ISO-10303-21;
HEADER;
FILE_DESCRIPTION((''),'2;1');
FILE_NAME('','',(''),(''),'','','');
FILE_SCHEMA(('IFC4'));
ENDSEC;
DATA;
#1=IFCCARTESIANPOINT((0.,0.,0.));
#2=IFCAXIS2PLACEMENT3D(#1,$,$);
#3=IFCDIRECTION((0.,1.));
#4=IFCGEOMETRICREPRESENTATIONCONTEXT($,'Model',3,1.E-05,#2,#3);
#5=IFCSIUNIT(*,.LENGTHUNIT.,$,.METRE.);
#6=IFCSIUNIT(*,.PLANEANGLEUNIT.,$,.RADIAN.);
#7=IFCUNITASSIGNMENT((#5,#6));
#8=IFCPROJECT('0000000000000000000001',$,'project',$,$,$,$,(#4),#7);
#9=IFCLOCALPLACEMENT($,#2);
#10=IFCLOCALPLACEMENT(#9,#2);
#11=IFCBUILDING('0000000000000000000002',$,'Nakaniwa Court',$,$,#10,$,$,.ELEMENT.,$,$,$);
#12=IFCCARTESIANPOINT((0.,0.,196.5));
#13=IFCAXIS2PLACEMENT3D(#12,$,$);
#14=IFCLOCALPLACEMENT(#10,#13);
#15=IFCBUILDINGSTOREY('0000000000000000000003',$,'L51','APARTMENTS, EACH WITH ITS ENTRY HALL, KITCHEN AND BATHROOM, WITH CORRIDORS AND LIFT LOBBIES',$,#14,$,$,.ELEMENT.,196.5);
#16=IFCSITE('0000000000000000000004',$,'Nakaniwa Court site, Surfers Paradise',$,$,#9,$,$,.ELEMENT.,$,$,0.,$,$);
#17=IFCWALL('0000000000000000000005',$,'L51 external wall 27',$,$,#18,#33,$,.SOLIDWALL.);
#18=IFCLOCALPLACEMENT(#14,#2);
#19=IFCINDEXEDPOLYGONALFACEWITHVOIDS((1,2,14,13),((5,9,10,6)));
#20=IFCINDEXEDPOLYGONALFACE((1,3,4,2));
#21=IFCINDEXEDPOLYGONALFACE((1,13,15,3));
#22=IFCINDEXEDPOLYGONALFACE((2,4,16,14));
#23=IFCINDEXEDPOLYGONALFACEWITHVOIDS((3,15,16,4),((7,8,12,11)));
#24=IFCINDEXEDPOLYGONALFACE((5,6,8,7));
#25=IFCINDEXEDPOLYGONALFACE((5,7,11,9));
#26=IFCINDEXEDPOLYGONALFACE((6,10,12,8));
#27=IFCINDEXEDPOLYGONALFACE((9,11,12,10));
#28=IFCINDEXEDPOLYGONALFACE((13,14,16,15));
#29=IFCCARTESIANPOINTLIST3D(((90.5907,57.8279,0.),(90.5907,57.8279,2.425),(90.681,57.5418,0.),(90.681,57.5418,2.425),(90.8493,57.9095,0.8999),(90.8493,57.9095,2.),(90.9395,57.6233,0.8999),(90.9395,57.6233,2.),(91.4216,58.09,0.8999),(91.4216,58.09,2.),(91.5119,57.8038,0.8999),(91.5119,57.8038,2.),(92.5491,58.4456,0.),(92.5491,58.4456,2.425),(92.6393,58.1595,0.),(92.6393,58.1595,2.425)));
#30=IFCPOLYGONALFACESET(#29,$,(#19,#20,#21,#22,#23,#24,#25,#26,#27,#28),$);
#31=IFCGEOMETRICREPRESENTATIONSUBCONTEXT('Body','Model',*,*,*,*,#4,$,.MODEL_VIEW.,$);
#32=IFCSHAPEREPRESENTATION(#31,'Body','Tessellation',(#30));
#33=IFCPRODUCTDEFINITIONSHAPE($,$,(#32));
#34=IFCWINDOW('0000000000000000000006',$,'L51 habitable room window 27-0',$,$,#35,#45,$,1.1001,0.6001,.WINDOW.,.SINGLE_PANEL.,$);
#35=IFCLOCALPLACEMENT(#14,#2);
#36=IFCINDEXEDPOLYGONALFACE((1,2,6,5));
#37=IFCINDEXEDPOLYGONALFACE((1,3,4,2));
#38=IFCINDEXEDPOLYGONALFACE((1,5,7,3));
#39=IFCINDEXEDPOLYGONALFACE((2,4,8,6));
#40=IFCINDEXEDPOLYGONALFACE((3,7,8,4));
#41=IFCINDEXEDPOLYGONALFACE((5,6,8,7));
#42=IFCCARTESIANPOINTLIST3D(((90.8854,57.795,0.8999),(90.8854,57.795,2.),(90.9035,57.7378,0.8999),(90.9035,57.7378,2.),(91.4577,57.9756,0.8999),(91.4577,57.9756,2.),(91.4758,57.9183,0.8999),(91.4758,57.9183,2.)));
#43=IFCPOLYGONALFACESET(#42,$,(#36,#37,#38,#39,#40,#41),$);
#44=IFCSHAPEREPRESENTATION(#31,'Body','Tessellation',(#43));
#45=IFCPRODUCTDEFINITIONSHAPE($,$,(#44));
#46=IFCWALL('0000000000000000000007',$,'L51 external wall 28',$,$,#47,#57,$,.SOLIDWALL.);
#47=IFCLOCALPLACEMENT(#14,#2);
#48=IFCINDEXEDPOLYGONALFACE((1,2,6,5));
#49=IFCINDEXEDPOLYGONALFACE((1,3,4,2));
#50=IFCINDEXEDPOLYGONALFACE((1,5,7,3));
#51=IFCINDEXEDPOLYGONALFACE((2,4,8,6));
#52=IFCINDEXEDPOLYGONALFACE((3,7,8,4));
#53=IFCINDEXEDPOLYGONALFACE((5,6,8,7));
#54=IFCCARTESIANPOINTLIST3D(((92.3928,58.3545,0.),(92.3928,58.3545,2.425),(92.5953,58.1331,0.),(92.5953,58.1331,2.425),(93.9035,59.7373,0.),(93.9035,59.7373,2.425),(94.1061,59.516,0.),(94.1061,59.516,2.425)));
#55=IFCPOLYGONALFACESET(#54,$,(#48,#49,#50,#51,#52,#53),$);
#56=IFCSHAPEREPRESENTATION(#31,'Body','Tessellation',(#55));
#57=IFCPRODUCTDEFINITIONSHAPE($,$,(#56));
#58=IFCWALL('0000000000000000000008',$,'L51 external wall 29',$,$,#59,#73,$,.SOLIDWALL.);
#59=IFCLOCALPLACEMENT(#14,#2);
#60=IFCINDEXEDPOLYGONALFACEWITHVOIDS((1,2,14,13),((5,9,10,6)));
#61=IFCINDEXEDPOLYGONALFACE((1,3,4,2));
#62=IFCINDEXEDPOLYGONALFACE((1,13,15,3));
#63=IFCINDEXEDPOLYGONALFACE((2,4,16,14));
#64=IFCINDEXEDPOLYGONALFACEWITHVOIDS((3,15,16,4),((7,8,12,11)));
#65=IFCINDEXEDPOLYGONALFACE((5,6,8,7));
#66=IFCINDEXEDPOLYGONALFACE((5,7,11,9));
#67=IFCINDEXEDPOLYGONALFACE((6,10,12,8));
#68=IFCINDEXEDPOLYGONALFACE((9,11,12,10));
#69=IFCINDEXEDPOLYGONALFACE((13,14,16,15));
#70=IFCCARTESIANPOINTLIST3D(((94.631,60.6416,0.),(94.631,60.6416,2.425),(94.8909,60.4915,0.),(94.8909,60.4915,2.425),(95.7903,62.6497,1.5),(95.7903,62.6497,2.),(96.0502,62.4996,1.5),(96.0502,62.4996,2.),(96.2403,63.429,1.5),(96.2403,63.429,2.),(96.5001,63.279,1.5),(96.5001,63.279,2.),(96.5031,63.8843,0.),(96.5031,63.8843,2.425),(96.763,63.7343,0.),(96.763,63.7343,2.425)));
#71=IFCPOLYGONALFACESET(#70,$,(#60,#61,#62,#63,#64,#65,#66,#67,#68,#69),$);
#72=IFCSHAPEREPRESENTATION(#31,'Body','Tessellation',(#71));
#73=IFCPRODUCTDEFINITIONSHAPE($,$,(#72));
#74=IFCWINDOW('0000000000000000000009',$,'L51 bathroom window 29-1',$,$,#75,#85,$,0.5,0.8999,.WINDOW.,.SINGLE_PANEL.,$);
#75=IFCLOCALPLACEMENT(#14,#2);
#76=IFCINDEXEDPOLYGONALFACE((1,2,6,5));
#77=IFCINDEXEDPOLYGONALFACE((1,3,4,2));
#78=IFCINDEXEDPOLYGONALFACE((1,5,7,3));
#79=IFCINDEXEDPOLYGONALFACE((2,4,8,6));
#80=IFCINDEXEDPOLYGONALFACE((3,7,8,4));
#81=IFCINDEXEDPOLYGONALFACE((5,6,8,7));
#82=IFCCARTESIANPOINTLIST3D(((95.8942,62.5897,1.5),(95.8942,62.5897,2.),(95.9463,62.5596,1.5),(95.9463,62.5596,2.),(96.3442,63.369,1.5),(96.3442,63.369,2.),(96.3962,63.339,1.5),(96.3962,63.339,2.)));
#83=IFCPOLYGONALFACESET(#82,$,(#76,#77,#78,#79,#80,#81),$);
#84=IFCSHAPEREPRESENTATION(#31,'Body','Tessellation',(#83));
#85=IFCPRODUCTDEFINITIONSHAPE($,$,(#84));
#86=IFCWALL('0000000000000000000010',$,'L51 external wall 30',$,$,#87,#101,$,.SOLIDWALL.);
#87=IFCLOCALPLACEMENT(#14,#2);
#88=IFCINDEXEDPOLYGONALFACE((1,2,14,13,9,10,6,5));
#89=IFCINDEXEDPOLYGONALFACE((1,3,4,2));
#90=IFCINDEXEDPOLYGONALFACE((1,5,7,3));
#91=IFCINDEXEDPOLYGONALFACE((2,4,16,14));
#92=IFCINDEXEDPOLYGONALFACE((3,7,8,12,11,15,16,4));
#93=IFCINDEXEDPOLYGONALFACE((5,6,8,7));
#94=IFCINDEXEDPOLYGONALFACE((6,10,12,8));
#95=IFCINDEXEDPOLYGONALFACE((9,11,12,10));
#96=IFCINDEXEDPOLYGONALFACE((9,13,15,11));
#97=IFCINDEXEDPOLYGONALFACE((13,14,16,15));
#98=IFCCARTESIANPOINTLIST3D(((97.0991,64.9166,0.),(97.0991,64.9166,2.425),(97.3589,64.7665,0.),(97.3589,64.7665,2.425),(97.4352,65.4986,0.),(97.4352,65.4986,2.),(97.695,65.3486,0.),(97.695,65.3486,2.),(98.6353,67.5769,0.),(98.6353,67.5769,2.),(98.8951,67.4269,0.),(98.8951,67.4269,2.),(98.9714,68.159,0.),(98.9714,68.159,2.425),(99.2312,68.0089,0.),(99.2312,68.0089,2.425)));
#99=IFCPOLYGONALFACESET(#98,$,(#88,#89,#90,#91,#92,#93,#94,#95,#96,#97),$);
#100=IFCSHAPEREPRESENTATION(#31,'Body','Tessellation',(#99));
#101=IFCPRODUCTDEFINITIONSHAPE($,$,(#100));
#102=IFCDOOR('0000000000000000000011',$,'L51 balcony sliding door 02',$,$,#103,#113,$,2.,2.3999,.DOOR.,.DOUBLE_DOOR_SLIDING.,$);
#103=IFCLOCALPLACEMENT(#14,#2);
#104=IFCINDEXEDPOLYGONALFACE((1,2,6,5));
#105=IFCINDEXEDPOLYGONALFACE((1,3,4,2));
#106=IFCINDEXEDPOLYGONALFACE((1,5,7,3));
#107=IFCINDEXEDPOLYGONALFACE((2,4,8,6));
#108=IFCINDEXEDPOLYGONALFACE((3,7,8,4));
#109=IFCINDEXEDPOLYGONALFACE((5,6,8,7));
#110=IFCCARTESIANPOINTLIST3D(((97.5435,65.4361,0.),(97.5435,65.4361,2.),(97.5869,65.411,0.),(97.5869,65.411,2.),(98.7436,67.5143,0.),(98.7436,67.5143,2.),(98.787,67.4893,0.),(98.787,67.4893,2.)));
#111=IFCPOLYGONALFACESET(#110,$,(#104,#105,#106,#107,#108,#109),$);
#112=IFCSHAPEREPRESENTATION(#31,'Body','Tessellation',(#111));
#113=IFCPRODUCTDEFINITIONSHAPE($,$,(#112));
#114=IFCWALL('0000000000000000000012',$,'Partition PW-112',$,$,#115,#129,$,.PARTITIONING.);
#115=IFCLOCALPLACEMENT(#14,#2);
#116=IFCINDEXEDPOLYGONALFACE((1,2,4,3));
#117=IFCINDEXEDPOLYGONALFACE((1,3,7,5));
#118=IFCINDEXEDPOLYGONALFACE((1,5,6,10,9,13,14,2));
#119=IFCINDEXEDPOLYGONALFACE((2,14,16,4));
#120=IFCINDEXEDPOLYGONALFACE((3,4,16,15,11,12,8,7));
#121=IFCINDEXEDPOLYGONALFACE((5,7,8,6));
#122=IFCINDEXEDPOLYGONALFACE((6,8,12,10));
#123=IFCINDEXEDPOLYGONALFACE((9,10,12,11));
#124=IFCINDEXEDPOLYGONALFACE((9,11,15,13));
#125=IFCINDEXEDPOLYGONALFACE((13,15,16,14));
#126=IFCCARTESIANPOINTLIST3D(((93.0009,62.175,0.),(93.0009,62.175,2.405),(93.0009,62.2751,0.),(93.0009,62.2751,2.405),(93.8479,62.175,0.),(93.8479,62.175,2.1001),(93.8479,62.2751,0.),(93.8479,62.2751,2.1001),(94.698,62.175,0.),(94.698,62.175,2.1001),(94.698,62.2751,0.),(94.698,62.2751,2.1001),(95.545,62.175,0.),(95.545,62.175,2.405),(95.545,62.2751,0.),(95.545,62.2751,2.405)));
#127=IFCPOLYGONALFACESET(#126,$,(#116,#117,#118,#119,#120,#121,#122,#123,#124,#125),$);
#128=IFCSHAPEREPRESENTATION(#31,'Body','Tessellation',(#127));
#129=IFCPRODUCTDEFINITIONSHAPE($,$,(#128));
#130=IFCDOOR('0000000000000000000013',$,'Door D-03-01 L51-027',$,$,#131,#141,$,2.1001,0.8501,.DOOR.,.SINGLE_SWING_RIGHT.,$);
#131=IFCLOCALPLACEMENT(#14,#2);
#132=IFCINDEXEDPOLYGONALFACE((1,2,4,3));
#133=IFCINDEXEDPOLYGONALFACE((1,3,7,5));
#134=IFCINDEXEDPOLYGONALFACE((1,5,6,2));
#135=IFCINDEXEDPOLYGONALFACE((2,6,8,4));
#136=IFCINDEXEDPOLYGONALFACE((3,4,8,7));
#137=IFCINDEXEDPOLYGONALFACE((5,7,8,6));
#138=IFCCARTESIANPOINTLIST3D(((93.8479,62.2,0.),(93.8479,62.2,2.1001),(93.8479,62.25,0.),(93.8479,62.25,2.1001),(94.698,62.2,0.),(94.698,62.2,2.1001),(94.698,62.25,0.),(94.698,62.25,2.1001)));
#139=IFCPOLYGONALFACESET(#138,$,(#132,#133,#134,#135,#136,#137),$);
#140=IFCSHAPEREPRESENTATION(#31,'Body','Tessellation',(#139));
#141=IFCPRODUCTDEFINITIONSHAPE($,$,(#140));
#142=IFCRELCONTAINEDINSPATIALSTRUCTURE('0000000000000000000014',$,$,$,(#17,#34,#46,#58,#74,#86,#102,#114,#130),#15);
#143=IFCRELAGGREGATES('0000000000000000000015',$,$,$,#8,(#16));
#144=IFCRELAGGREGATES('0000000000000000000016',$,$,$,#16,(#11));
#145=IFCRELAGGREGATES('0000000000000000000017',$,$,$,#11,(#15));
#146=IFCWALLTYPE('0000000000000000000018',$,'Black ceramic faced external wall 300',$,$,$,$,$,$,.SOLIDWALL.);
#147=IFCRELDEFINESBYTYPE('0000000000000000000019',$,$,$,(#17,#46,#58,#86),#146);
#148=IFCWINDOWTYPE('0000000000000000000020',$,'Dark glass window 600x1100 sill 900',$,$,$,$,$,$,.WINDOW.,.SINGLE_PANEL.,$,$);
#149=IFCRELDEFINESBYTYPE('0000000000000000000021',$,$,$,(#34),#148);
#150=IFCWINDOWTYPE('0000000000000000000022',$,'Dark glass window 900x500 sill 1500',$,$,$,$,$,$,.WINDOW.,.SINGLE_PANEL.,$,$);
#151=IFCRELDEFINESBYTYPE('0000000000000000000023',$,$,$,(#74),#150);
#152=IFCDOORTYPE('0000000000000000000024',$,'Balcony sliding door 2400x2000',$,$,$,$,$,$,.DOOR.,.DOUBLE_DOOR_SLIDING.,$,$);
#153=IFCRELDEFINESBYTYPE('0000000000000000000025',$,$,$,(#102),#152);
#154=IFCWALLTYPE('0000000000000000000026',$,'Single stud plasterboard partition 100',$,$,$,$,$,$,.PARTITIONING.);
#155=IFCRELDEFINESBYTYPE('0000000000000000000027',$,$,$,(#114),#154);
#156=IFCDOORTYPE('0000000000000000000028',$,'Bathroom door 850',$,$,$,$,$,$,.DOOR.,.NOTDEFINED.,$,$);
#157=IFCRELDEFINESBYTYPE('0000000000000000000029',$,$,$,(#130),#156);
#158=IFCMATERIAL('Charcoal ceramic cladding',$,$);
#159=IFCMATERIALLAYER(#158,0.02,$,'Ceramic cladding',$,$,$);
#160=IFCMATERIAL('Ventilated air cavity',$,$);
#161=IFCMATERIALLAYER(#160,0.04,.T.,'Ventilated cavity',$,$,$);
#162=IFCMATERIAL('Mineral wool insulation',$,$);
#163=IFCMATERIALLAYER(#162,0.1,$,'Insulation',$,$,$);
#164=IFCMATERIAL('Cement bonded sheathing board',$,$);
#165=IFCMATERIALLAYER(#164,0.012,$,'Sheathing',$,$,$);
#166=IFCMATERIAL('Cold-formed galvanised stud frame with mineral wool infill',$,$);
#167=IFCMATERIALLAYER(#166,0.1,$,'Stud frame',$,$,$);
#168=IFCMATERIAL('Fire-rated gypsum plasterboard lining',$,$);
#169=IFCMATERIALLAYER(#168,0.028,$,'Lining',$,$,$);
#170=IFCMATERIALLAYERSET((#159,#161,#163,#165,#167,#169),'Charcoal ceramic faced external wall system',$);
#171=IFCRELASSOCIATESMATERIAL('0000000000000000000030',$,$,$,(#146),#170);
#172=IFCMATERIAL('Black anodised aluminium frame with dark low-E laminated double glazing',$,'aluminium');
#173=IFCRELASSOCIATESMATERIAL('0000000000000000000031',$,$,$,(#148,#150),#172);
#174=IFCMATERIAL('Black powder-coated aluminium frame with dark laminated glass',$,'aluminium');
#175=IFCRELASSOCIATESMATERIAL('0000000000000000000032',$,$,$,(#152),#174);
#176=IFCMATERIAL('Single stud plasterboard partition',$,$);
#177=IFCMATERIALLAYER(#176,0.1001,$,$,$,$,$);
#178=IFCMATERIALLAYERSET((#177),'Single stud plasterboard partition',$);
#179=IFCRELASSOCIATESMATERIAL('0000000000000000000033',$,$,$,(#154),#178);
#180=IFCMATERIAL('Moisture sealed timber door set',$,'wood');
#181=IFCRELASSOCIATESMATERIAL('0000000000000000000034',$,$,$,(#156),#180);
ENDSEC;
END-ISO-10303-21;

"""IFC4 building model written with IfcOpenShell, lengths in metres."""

from ifc_helpers import new_model, si_unit, direction, frame, frame_2d, origin, place, context, subcontext, project, spatial, rectangle, extrude, material, layer, layer_set, type_object, element, fill, save


model = new_model("IFC4")

# Units and contexts
model_context = context("Model", 3, precision=1e-05, world=origin(), true_north=direction((0.0, 1.0)))
body_context = subcontext(model_context, "Body", "Model", "MODEL_VIEW")
ifc_project = project(units=[si_unit("LENGTHUNIT", "METRE"), si_unit("PLANEANGLEUNIT", "RADIAN")], contexts=[model_context])

# Site, building, storey
site_placement = place(None, origin())
site = spatial("IfcSite", under=ifc_project, at=site_placement, Name="Nakaniwa Court site, Surfers Paradise", CompositionType="ELEMENT", RefElevation=0.0)
building_placement = place(site_placement, origin())
building = spatial("IfcBuilding", under=site, at=building_placement, Name="Nakaniwa Court", CompositionType="ELEMENT")
storey_placement = place(building_placement, frame((0.0, 0.0, 196.5)))
storey = spatial("IfcBuildingStorey", under=building, at=storey_placement, Name="L51", Description="APARTMENTS, EACH WITH ITS ENTRY HALL, KITCHEN AND BATHROOM, WITH CORRIDORS AND LIFT LOBBIES", CompositionType="ELEMENT", Elevation=196.5)

# Wall, opening, window
ifc_material_1 = material(Name="Charcoal ceramic cladding")
ifc_layer_1 = layer(ifc_material_1, 0.02, Name="Ceramic cladding")
ifc_material_2 = material(Name="Ventilated air cavity")
ifc_layer_2 = layer(ifc_material_2, 0.04, ventilated=True, Name="Ventilated cavity")
ifc_material_3 = material(Name="Mineral wool insulation")
ifc_layer_3 = layer(ifc_material_3, 0.1, Name="Insulation")
ifc_material_4 = material(Name="Cement bonded sheathing board")
ifc_layer_4 = layer(ifc_material_4, 0.012, Name="Sheathing")
ifc_material_5 = material(Name="Cold-formed galvanised stud frame with mineral wool infill")
ifc_layer_5 = layer(ifc_material_5, 0.1, Name="Stud frame")
ifc_material_6 = material(Name="Fire-rated gypsum plasterboard lining")
ifc_layer_6 = layer(ifc_material_6, 0.028, Name="Lining")
ifc_layer_set_1 = layer_set([ifc_layer_1, ifc_layer_2, ifc_layer_3, ifc_layer_4, ifc_layer_5, ifc_layer_6], Name="Charcoal ceramic faced external wall system")
wall_type_1 = type_object("IfcWallType", Name="Black ceramic faced external wall 300", PredefinedType="SOLIDWALL", material=ifc_layer_set_1)
wall_1_placement = place(storey_placement, frame((90.6357, 57.6848, 0.0), z_axis=(0.0, 0.0, 1.0), x_axis=(0.953683, 0.300813, 0.0)))
wall_1 = element("IfcWall", 1, at=wall_1_placement, inside=storey, type_object=wall_type_1, Name="L51 external wall 27", PredefinedType="SOLIDWALL", context=body_context, shape_type="SweptSolid", body=[
    extrude(rectangle(XDim=2.0535, YDim=0.3, at=frame_2d((1.0269, 0.0))), origin(), (0.0, 0.0, 1.0), 2.425),
])
opening_1_placement = place(wall_1_placement, frame((0.2712, 0.0, 0.8999)))
opening_1 = element("IfcOpeningElement", 2, at=opening_1_placement, cuts=wall_1, PredefinedType="OPENING", context=body_context, shape_type="SweptSolid", body=[
    extrude(rectangle(XDim=0.6001, YDim=1.1001, at=frame_2d((0.3, 0.55))), frame((0.0, 0.1599, 0.0), z_axis=(0.0, -1.0, 0.0), x_axis=(1.0, 0.0, 0.0)), (0.0, 0.0, 1.0), 0.3201),
])
ifc_material_7 = material(Name="Black anodised aluminium frame with dark low-E laminated double glazing", Category="aluminium")
window_type_1 = type_object("IfcWindowType", Name="Dark glass window 600x1100 sill 900", PartitioningType="SINGLE_PANEL", PredefinedType="WINDOW", material=ifc_material_7)
window_1_placement = place(opening_1_placement, origin())
window_1 = element("IfcWindow", 3, at=window_1_placement, inside=storey, type_object=window_type_1, Name="L51 habitable room window 27-0", OverallHeight=1.1001, OverallWidth=0.6001, PartitioningType="SINGLE_PANEL", PredefinedType="WINDOW", context=body_context, shape_type="SweptSolid", body=[
    extrude(rectangle(XDim=0.6001, YDim=1.1001, at=frame_2d((0.3, 0.55))), frame((0.0, 0.03, 0.0), z_axis=(0.0, -1.0, 0.0), x_axis=(1.0, 0.0, 0.0)), (0.0, 0.0, 1.0), 0.0601),
])
fill(opening_1, window_1)

# Wall
wall_2_placement = place(storey_placement, frame((92.4941, 58.2439, 0.0), z_axis=(0.0, 0.0, 1.0), x_axis=(0.737649, 0.675185, 0.0)))
element("IfcWall", 4, at=wall_2_placement, inside=storey, type_object=wall_type_1, Name="L51 external wall 28", PredefinedType="SOLIDWALL", context=body_context, shape_type="SweptSolid", body=[
    extrude(rectangle(XDim=2.0481, YDim=0.3, at=frame_2d((1.0239, 0.0))), origin(), (0.0, 0.0, 1.0), 2.425),
])

# Wall, opening, window
wall_3_placement = place(storey_placement, frame((94.761, 60.5667, 0.0), z_axis=(0.0, 0.0, 1.0), x_axis=(0.499982, 0.866036, 0.0)))
wall_3 = element("IfcWall", 5, at=wall_3_placement, inside=storey, type_object=wall_type_1, Name="L51 external wall 29", PredefinedType="SOLIDWALL", context=body_context, shape_type="SweptSolid", body=[
    extrude(rectangle(XDim=3.7444, YDim=0.3, at=frame_2d((1.8721, 0.0))), origin(), (0.0, 0.0, 1.0), 2.425),
])
opening_2_placement = place(wall_3_placement, frame((2.3186, 0.0, 1.5)))
opening_2 = element("IfcOpeningElement", 6, at=opening_2_placement, cuts=wall_3, PredefinedType="OPENING", context=body_context, shape_type="SweptSolid", body=[
    extrude(rectangle(XDim=0.8999, YDim=0.5, at=frame_2d((0.45, 0.25))), frame((0.0, 0.1599, 0.0), z_axis=(0.0, -1.0, 0.0), x_axis=(1.0, 0.0, 0.0)), (0.0, 0.0, 1.0), 0.3201),
])
window_type_2 = type_object("IfcWindowType", Name="Dark glass window 900x500 sill 1500", PartitioningType="SINGLE_PANEL", PredefinedType="WINDOW", material=ifc_material_7)
window_2_placement = place(opening_2_placement, origin())
window_2 = element("IfcWindow", 7, at=window_2_placement, inside=storey, type_object=window_type_2, Name="L51 bathroom window 29-1", OverallHeight=0.5, OverallWidth=0.8999, PartitioningType="SINGLE_PANEL", PredefinedType="WINDOW", context=body_context, shape_type="SweptSolid", body=[
    extrude(rectangle(XDim=0.8999, YDim=0.5, at=frame_2d((0.45, 0.25))), frame((0.0, 0.03, 0.0), z_axis=(0.0, -1.0, 0.0), x_axis=(1.0, 0.0, 0.0)), (0.0, 0.0, 1.0), 0.0601),
])
fill(opening_2, window_2)

# Walls, openings, doors
wall_4_placement = place(storey_placement, frame((97.229, 64.8416, 0.0), z_axis=(0.0, 0.0, 1.0), x_axis=(0.500059, 0.865991, 0.0)))
wall_4 = element("IfcWall", 8, at=wall_4_placement, inside=storey, type_object=wall_type_1, Name="L51 external wall 30", PredefinedType="SOLIDWALL", context=body_context, shape_type="SweptSolid", body=[
    extrude(rectangle(XDim=3.7441, YDim=0.3, at=frame_2d((1.8721, 0.0))), origin(), (0.0, 0.0, 1.0), 2.425),
])
opening_3_placement = place(wall_4_placement, frame((0.6721, 0.0, 0.0)))
opening_3 = element("IfcOpeningElement", 9, at=opening_3_placement, cuts=wall_4, PredefinedType="OPENING", context=body_context, shape_type="SweptSolid", body=[
    extrude(rectangle(XDim=2.3999, YDim=2.0, at=frame_2d((1.2, 1.0))), frame((0.0, 0.1599, 0.0), z_axis=(0.0, -1.0, 0.0), x_axis=(1.0, 0.0, 0.0)), (0.0, 0.0, 1.0), 0.3201),
])
ifc_material_8 = material(Name="Black powder-coated aluminium frame with dark laminated glass", Category="aluminium")
door_type_1 = type_object("IfcDoorType", Name="Balcony sliding door 2400x2000", OperationType="DOUBLE_DOOR_SLIDING", PredefinedType="DOOR", material=ifc_material_8)
door_1_placement = place(opening_3_placement, origin())
door_1 = element("IfcDoor", 10, at=door_1_placement, inside=storey, type_object=door_type_1, Name="L51 balcony sliding door 02", OperationType="DOUBLE_DOOR_SLIDING", OverallHeight=2.0, OverallWidth=2.3999, PredefinedType="DOOR", context=body_context, shape_type="SweptSolid", body=[
    extrude(rectangle(XDim=2.3999, YDim=2.0, at=frame_2d((1.2, 1.0))), frame((0.0, 0.0249, 0.0), z_axis=(0.0, -1.0, 0.0), x_axis=(1.0, 0.0, 0.0)), (0.0, 0.0, 1.0), 0.05),
])
fill(opening_3, door_1)
ifc_material_9 = material(Name="Single stud plasterboard partition")
ifc_layer_7 = layer(ifc_material_9, 0.1001)
ifc_layer_set_2 = layer_set([ifc_layer_7], Name="Single stud plasterboard partition")
wall_type_2 = type_object("IfcWallType", Name="Single stud plasterboard partition 100", PredefinedType="PARTITIONING", material=ifc_layer_set_2)
wall_5_placement = place(storey_placement, frame((93.001, 62.2251, 0.0), z_axis=(0.0, 0.0, 1.0), x_axis=(1.0, 0.0, 0.0)))
wall_5 = element("IfcWall", 11, at=wall_5_placement, inside=storey, type_object=wall_type_2, Name="Partition PW-112", PredefinedType="PARTITIONING", context=body_context, shape_type="SweptSolid", body=[
    extrude(rectangle(XDim=2.5442, YDim=0.1001, at=frame_2d((1.272, 0.0))), origin(), (0.0, 0.0, 1.0), 2.405),
])
opening_4_placement = place(wall_5_placement, frame((0.8469, 0.0, 0.0)))
opening_4 = element("IfcOpeningElement", 12, at=opening_4_placement, cuts=wall_5, PredefinedType="OPENING", context=body_context, shape_type="SweptSolid", body=[
    extrude(rectangle(XDim=0.8501, YDim=2.1001, at=frame_2d((0.425, 1.05))), frame((0.0, 0.0601, 0.0), z_axis=(0.0, -1.0, 0.0), x_axis=(1.0, 0.0, 0.0)), (0.0, 0.0, 1.0), 0.1201),
])
ifc_material_10 = material(Name="Moisture sealed timber door set", Category="wood")
door_type_2 = type_object("IfcDoorType", Name="Bathroom door 850", OperationType="NOTDEFINED", PredefinedType="DOOR", material=ifc_material_10)
door_2_placement = place(opening_4_placement, origin())
door_2 = element("IfcDoor", 13, at=door_2_placement, inside=storey, type_object=door_type_2, Name="Door D-03-01 L51-027", OperationType="SINGLE_SWING_RIGHT", OverallHeight=2.1001, OverallWidth=0.8501, PredefinedType="DOOR", context=body_context, shape_type="SweptSolid", body=[
    extrude(rectangle(XDim=0.8501, YDim=2.1001, at=frame_2d((0.425, 1.05))), frame((0.0, 0.0249, 0.0), z_axis=(0.0, -1.0, 0.0), x_axis=(1.0, 0.0, 0.0)), (0.0, 0.0, 1.0), 0.05),
])
fill(opening_4, door_2)

save(model, "model.ifc")
